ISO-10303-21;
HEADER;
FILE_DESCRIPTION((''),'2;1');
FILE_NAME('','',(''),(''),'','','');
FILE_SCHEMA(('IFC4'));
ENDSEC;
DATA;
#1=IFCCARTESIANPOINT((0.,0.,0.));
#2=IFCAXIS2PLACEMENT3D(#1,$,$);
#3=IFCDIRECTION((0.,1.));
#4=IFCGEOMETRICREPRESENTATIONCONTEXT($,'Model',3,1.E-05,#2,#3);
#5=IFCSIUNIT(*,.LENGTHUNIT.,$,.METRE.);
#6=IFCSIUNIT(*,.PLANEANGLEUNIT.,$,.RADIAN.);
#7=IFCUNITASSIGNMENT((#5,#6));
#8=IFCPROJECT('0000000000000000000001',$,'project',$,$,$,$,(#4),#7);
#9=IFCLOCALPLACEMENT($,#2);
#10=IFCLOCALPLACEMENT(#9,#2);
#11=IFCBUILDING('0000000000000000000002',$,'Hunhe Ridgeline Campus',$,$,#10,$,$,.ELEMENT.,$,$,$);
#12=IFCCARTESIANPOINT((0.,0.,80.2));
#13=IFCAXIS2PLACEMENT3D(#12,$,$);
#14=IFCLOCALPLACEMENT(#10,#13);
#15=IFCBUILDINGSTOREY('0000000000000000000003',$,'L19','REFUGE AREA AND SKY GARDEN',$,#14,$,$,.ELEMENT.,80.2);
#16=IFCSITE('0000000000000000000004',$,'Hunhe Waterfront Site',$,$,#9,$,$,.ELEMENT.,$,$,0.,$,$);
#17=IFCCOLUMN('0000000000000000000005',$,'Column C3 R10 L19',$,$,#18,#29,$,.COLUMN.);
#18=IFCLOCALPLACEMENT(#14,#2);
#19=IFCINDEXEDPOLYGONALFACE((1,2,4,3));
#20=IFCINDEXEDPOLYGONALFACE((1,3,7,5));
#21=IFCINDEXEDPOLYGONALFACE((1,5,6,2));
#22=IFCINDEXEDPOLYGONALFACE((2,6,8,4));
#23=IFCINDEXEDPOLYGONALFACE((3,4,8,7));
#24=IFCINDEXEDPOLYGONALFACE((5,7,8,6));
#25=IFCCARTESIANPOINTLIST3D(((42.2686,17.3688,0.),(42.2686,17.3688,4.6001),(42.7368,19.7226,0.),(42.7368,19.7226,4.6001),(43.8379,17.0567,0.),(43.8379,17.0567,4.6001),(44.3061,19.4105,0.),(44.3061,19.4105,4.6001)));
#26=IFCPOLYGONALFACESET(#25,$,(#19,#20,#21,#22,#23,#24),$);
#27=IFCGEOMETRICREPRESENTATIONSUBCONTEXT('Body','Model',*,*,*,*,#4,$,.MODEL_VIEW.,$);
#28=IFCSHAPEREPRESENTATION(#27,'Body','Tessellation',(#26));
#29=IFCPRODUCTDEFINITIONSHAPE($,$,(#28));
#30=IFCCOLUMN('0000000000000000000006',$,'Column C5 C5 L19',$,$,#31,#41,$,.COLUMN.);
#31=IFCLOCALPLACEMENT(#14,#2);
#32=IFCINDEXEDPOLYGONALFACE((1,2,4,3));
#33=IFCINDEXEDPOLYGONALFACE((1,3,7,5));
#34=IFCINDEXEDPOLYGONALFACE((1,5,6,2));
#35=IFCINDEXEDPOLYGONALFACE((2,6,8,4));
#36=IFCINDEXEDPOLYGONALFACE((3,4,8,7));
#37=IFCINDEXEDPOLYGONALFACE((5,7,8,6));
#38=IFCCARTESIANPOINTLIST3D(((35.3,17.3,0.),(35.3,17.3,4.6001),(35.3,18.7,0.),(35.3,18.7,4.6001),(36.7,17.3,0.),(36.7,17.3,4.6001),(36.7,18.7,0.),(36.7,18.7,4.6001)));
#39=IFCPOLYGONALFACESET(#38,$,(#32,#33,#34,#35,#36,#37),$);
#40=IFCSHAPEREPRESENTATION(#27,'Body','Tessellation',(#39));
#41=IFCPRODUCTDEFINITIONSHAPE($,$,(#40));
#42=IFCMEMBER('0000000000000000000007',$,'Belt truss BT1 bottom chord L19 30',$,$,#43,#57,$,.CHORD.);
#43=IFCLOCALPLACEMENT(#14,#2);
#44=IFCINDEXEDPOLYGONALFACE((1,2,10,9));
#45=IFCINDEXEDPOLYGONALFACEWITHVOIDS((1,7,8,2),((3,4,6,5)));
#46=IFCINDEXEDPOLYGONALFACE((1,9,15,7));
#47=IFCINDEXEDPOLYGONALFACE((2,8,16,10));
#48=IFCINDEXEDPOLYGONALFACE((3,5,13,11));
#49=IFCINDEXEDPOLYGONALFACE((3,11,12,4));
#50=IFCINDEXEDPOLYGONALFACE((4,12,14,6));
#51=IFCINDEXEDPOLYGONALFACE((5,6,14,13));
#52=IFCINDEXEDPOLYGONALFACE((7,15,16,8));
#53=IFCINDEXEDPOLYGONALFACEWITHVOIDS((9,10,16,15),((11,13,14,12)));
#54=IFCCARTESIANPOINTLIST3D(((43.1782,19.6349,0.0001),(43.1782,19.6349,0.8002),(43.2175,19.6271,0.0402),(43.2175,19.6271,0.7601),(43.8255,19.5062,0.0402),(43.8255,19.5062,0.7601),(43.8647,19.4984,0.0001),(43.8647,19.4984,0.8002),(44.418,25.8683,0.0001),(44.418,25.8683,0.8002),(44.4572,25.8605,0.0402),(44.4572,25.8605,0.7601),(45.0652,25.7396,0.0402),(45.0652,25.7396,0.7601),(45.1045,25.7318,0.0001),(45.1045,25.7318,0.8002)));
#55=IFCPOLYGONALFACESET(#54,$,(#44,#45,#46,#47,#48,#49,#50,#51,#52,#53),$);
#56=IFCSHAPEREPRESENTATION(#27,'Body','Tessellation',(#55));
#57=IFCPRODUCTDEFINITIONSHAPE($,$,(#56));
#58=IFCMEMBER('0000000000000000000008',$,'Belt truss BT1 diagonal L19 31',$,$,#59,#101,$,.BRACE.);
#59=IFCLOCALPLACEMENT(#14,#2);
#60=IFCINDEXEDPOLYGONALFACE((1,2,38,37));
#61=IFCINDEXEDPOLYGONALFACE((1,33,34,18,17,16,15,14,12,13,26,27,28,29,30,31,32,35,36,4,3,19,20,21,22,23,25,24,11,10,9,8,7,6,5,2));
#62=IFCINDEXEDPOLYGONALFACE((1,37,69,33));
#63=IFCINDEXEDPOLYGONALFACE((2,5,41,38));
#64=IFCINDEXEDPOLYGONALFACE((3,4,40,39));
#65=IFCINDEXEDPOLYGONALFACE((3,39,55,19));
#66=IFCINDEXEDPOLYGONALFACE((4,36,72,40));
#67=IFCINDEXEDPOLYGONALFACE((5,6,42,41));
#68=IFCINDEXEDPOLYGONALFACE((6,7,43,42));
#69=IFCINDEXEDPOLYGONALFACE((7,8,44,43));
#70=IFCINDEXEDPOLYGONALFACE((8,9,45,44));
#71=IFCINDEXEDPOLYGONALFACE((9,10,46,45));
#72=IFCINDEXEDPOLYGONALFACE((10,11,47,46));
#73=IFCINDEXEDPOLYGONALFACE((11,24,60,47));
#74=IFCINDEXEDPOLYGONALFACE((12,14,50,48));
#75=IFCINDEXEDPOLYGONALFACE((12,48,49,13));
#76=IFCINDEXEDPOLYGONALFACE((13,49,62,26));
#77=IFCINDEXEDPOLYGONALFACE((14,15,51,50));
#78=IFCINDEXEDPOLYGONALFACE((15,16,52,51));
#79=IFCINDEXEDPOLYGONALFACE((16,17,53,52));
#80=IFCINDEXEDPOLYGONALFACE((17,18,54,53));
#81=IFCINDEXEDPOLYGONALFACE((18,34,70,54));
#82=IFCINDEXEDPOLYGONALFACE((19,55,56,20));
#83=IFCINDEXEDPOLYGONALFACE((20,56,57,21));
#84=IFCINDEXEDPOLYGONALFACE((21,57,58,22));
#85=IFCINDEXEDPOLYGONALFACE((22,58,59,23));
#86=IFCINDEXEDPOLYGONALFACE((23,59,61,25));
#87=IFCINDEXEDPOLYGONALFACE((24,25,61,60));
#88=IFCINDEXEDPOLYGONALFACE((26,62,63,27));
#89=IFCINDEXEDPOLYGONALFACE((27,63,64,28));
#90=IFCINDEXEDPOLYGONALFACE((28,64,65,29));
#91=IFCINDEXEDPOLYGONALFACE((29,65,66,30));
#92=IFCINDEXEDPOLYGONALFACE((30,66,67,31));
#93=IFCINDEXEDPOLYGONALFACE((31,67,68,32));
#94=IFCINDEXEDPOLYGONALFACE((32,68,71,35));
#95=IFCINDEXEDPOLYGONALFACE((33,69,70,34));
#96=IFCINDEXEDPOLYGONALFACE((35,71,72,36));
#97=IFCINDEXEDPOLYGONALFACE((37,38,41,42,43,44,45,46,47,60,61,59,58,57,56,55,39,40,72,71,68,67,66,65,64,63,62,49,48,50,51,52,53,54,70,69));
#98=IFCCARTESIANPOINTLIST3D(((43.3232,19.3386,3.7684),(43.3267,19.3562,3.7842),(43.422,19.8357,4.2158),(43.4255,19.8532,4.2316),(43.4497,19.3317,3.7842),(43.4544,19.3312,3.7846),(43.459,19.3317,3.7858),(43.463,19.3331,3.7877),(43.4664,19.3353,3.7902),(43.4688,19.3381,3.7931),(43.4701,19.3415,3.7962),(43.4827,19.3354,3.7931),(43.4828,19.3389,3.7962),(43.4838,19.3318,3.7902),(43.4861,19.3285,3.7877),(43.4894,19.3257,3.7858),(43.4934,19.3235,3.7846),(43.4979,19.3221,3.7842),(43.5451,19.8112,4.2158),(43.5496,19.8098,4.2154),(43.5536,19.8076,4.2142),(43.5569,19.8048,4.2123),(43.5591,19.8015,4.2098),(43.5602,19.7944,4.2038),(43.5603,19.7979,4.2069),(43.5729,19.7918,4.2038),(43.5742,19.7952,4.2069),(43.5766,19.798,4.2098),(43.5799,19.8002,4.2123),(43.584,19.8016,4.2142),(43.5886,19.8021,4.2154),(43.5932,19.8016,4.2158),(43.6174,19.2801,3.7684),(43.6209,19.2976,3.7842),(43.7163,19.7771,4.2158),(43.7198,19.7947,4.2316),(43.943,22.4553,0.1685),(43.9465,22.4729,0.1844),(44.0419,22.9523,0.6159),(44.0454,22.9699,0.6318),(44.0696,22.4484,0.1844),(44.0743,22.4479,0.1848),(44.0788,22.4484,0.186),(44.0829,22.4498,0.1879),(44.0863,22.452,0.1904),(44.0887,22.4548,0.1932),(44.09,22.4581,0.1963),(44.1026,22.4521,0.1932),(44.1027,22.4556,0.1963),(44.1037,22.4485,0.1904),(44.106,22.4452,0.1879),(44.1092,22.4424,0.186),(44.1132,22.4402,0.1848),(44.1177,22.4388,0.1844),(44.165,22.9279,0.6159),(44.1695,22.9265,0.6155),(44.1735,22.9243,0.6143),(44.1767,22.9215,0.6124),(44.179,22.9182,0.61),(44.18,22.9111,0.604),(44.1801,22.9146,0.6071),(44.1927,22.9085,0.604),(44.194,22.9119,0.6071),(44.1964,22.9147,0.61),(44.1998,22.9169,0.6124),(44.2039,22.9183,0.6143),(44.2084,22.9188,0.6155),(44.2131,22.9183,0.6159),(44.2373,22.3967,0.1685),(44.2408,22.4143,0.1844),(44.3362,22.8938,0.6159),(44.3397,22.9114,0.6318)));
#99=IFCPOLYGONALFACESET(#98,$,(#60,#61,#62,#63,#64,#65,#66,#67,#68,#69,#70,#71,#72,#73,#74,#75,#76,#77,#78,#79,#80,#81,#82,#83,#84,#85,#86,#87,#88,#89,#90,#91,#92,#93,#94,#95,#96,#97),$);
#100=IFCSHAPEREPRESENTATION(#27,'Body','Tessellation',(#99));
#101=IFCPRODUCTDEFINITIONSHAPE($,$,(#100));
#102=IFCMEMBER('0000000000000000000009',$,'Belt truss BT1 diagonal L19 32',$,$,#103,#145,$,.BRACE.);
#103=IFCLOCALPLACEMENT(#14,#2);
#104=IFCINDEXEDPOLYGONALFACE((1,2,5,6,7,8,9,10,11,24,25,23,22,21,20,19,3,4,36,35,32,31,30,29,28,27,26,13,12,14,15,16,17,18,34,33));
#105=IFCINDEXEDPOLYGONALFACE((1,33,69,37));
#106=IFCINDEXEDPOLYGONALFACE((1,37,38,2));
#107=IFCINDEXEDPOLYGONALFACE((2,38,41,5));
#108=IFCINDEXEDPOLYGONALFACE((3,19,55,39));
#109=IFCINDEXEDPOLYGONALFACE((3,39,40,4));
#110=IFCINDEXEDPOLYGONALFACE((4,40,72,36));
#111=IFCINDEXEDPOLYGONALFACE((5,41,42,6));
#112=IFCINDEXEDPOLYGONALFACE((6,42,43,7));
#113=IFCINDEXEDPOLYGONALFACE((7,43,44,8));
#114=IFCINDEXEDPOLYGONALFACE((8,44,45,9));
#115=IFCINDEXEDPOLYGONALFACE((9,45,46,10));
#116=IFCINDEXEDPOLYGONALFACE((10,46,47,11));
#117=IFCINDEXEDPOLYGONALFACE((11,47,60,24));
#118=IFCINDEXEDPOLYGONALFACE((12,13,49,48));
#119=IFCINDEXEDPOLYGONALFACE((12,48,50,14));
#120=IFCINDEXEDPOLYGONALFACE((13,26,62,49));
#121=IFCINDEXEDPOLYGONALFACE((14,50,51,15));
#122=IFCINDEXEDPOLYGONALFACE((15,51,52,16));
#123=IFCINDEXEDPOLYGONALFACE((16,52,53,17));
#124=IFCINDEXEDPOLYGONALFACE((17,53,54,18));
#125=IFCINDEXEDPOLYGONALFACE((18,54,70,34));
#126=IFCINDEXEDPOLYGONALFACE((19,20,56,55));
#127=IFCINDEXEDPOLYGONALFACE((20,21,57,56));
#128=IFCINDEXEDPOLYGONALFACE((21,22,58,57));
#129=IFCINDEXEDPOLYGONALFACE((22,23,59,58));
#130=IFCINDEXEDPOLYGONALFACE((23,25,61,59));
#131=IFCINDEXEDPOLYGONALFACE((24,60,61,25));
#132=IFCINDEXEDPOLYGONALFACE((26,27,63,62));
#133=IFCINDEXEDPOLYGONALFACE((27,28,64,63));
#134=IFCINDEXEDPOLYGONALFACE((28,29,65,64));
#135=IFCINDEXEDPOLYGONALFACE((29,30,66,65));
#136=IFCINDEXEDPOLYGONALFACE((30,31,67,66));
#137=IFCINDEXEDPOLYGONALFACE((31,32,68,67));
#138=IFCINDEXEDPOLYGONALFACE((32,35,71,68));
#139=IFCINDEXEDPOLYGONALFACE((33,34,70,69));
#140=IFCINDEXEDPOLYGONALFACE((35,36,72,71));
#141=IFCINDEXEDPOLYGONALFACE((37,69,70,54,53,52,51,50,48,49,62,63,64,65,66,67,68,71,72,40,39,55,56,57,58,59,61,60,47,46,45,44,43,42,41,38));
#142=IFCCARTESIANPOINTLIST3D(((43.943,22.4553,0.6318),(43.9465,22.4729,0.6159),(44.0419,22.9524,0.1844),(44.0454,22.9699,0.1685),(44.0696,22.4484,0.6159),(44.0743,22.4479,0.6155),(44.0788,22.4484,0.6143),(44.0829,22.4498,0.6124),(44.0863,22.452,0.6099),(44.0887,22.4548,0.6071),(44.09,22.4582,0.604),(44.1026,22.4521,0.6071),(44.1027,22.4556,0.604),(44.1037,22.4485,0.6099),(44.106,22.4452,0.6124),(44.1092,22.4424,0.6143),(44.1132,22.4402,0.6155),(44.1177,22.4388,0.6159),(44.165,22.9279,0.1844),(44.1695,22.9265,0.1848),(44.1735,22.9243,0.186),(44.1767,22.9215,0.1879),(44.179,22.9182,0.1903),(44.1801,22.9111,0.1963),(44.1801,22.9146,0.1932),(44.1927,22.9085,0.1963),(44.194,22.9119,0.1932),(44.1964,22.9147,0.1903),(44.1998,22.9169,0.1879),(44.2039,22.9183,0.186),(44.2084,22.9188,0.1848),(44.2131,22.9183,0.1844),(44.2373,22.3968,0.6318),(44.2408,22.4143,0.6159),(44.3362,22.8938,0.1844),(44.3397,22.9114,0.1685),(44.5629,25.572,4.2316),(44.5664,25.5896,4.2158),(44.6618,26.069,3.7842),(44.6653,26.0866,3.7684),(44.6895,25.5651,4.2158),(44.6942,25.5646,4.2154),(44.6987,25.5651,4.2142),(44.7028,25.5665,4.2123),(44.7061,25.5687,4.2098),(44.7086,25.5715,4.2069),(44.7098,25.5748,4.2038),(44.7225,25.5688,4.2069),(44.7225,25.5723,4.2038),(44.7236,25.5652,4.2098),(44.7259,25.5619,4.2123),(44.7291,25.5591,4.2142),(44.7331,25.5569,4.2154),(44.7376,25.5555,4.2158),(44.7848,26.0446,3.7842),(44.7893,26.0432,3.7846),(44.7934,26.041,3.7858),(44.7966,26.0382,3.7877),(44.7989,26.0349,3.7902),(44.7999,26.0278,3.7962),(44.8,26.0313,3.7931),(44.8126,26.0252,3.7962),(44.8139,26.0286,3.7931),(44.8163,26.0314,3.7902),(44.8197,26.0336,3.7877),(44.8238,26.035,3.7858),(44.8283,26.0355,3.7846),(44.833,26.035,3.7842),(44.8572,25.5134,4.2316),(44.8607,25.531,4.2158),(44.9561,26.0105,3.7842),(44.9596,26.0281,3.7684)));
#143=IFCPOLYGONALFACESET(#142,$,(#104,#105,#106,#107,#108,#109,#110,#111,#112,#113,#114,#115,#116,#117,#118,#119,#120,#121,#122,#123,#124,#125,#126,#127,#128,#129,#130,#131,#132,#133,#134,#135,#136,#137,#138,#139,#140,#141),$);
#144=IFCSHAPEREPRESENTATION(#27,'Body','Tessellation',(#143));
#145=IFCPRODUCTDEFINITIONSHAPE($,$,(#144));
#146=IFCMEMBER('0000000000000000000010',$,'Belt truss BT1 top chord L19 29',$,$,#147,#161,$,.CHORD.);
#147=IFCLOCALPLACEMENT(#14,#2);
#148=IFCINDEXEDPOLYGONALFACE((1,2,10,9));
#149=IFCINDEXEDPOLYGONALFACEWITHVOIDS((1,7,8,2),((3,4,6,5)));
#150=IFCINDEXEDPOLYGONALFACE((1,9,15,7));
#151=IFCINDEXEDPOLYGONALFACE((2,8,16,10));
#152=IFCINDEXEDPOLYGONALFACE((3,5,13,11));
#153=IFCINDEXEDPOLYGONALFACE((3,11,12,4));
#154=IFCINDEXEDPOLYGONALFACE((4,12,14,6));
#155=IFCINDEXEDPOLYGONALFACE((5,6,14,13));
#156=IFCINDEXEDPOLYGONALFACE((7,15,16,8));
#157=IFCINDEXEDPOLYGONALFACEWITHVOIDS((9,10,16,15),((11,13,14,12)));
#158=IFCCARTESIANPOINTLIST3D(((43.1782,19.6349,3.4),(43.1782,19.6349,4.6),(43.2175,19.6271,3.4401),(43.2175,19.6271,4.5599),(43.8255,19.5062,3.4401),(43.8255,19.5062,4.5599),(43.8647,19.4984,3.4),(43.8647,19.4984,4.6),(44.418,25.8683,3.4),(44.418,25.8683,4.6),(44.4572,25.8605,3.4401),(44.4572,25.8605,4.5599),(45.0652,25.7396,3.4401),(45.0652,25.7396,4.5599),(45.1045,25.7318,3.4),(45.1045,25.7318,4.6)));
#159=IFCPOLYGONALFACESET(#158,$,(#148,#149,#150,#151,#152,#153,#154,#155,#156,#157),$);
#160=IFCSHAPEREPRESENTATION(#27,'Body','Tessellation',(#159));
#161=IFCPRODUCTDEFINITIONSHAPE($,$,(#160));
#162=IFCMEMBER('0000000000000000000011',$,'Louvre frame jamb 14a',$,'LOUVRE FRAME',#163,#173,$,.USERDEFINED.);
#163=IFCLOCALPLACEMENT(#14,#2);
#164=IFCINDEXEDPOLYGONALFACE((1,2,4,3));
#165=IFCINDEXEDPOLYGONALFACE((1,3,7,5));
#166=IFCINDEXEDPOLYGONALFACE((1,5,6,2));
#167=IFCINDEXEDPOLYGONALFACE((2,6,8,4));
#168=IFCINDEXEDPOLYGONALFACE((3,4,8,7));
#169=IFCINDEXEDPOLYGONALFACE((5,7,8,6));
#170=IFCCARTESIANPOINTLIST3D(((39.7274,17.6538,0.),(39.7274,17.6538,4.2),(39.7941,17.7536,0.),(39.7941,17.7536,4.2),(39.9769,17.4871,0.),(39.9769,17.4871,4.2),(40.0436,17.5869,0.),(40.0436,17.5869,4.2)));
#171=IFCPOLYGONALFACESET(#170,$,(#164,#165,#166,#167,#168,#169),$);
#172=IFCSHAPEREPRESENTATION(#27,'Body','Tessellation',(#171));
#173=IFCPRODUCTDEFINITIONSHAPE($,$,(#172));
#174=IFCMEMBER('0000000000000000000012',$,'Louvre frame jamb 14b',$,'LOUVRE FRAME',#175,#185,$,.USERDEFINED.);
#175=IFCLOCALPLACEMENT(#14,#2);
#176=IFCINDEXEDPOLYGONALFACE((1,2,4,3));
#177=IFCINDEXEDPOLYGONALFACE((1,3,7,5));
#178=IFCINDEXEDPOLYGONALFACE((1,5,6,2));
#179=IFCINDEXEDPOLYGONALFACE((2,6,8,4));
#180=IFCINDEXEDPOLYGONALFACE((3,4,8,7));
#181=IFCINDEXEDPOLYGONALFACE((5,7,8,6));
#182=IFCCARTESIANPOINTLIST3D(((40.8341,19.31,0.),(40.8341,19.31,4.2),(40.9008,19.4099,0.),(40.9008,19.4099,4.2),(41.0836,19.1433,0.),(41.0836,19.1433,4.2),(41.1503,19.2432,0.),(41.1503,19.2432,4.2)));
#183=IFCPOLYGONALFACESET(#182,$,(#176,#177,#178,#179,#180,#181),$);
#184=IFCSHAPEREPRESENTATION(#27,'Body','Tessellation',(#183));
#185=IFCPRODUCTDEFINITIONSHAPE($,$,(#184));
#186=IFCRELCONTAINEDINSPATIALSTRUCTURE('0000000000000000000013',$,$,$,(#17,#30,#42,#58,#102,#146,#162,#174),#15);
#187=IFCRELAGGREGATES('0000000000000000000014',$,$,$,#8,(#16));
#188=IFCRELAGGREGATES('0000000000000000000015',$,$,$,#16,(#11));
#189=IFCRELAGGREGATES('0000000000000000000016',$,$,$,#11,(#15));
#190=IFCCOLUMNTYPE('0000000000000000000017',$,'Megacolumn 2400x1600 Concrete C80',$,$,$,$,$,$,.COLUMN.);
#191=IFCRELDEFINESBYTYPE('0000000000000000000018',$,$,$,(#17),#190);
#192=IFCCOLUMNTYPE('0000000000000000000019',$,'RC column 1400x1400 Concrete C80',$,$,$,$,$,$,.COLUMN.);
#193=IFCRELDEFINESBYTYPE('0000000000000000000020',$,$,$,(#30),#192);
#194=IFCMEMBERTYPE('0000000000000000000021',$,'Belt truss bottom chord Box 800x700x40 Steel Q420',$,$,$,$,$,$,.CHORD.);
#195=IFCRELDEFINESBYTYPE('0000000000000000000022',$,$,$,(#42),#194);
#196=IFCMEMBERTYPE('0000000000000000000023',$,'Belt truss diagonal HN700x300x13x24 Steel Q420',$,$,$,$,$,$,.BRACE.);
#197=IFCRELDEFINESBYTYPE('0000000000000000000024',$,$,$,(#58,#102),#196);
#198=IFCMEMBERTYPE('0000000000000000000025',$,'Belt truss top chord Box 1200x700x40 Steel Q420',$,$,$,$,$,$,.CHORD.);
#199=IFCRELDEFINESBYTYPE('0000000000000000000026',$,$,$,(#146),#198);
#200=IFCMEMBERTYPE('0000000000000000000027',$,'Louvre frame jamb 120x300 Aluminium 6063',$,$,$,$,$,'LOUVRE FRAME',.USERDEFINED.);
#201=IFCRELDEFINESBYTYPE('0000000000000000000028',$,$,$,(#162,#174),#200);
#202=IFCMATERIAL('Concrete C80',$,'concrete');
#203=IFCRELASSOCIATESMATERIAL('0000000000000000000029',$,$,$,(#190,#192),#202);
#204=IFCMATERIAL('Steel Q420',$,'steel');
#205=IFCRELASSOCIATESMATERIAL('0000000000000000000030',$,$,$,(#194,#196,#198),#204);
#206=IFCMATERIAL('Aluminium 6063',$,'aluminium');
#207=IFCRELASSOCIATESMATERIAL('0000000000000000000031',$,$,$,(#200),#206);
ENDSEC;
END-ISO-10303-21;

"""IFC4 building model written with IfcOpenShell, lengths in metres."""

from ifc_helpers import new_model, si_unit, direction, frame, origin, origin_2d, place, context, subcontext, project, spatial, rectangle, hollow_rectangle, i_section, extrude, material, material_profile, profile_set, type_object, element, save


model = new_model("IFC4")

# Units and contexts
model_context = context("Model", 3, precision=1e-05, world=origin(), true_north=direction((0.0, 1.0)))
body_context = subcontext(model_context, "Body", "Model", "MODEL_VIEW")
ifc_project = project(units=[si_unit("LENGTHUNIT", "METRE"), si_unit("PLANEANGLEUNIT", "RADIAN")], contexts=[model_context])

# Site, building, storey
site_placement = place(None, origin())
site = spatial("IfcSite", under=ifc_project, at=site_placement, Name="Hunhe Waterfront Site", CompositionType="ELEMENT", RefElevation=0.0)
building_placement = place(site_placement, origin())
building = spatial("IfcBuilding", under=site, at=building_placement, Name="Hunhe Ridgeline Campus", CompositionType="ELEMENT")
storey_placement = place(building_placement, frame((0.0, 0.0, 80.2)))
storey = spatial("IfcBuildingStorey", under=building, at=storey_placement, Name="L19", Description="REFUGE AREA AND SKY GARDEN", CompositionType="ELEMENT", Elevation=80.2)

# Columns
ifc_material_1 = material(Name="Concrete C80", Category="concrete")
ifc_material_profile_1 = material_profile(ifc_material_1, rectangle(XDim=2.3999, YDim=1.6001, at=origin_2d()))
ifc_profile_set_1 = profile_set([ifc_material_profile_1], Name="Concrete C80")
column_type_1 = type_object("IfcColumnType", Name="Megacolumn 2400x1600 Concrete C80", PredefinedType="COLUMN", material=ifc_profile_set_1)
column_1_placement = place(storey_placement, frame((43.2874, 18.3896, 0.0), z_axis=(0.0, 0.0, 1.0), x_axis=(0.19509, 0.980785, 0.0)))
element("IfcColumn", 1, at=column_1_placement, inside=storey, type_object=column_type_1, Name="Column C3 R10 L19", PredefinedType="COLUMN", context=body_context, shape_type="SweptSolid", body=[
    extrude(rectangle(XDim=2.3999, YDim=1.6001, at=origin_2d()), origin(), (0.0, 0.0, 1.0), 4.6001),
])
ifc_material_profile_2 = material_profile(ifc_material_1, rectangle(XDim=1.3999, YDim=1.3999, at=origin_2d()))
ifc_profile_set_2 = profile_set([ifc_material_profile_2], Name="Concrete C80")
column_type_2 = type_object("IfcColumnType", Name="RC column 1400x1400 Concrete C80", PredefinedType="COLUMN", material=ifc_profile_set_2)
column_2_placement = place(storey_placement, frame((36.0, 18.0, 0.0), z_axis=(0.0, 0.0, 1.0), x_axis=(1.0, 0.0, 0.0)))
element("IfcColumn", 2, at=column_2_placement, inside=storey, type_object=column_type_2, Name="Column C5 C5 L19", PredefinedType="COLUMN", context=body_context, shape_type="SweptSolid", body=[
    extrude(rectangle(XDim=1.3999, YDim=1.3999, at=origin_2d()), origin(), (0.0, 0.0, 1.0), 4.6001),
])

# Members
ifc_material_2 = material(Name="Steel Q420", Category="steel")
ifc_material_profile_3 = material_profile(ifc_material_2, hollow_rectangle(XDim=0.7, YDim=0.8, WallThickness=0.04, at=origin_2d()))
ifc_profile_set_3 = profile_set([ifc_material_profile_3], Name="Steel Q420")
member_type_1 = type_object("IfcMemberType", Name="Belt truss bottom chord Box 800x700x40 Steel Q420", PredefinedType="CHORD", material=ifc_profile_set_3)
member_1_placement = place(storey_placement, frame((43.5215, 19.5667, 0.4001), z_axis=(0.195067, 0.98079, 0.0), x_axis=(-0.98079, 0.195067, 0.0)))
element("IfcMember", 3, at=member_1_placement, inside=storey, type_object=member_type_1, Name="Belt truss BT1 bottom chord L19 30", PredefinedType="CHORD", context=body_context, shape_type="SweptSolid", body=[
    extrude(hollow_rectangle(XDim=0.7, YDim=0.8, WallThickness=0.04, at=origin_2d()), origin(), (0.0, 0.0, 1.0), 6.3555),
])
ifc_material_profile_4 = material_profile(ifc_material_2, i_section(OverallWidth=0.3, OverallDepth=0.7, WebThickness=0.0129, FlangeThickness=0.0239, FilletRadius=0.0181, at=origin_2d()))
ifc_profile_set_4 = profile_set([ifc_material_profile_4], Name="Steel Q420")
member_type_2 = type_object("IfcMemberType", Name="Belt truss diagonal HN700x300x13x24 Steel Q420", PredefinedType="BRACE", material=ifc_profile_set_4)
for number, where, z_axis, x_axis, name in (
    (4, (43.5215, 19.5667, 4.0), (0.129093, 0.649073, -0.749693), (-0.98079, 0.195067, 0.0), "Belt truss BT1 diagonal L19 31"),
    (5, (44.1414, 22.6833, 0.4001), (0.129093, 0.649073, 0.749693), (-0.98079, 0.195067, 0.0), "Belt truss BT1 diagonal L19 32"),
):
    element("IfcMember", number, at=place(storey_placement, frame(where, z_axis=z_axis, x_axis=x_axis)), inside=storey, type_object=member_type_2, Name=name, PredefinedType="BRACE", context=body_context, shape_type="SweptSolid", body=[
        extrude(i_section(OverallWidth=0.3, OverallDepth=0.7, WebThickness=0.0129, FlangeThickness=0.0239, FilletRadius=0.0181, at=origin_2d()), origin(), (0.0, 0.0, 1.0), 4.8018),
    ])
ifc_material_profile_5 = material_profile(ifc_material_2, hollow_rectangle(XDim=0.7, YDim=1.2, WallThickness=0.04, at=origin_2d()))
ifc_profile_set_5 = profile_set([ifc_material_profile_5], Name="Steel Q420")
member_type_3 = type_object("IfcMemberType", Name="Belt truss top chord Box 1200x700x40 Steel Q420", PredefinedType="CHORD", material=ifc_profile_set_5)
member_2_placement = place(storey_placement, frame((43.5215, 19.5667, 4.0), z_axis=(0.195067, 0.98079, 0.0), x_axis=(-0.98079, 0.195067, 0.0)))
element("IfcMember", 6, at=member_2_placement, inside=storey, type_object=member_type_3, Name="Belt truss BT1 top chord L19 29", PredefinedType="CHORD", context=body_context, shape_type="SweptSolid", body=[
    extrude(hollow_rectangle(XDim=0.7, YDim=1.2, WallThickness=0.04, at=origin_2d()), origin(), (0.0, 0.0, 1.0), 6.3555),
])
ifc_material_3 = material(Name="Aluminium 6063", Category="aluminium")
ifc_material_profile_6 = material_profile(ifc_material_3, rectangle(XDim=0.3, YDim=0.1201, at=origin_2d()))
ifc_profile_set_6 = profile_set([ifc_material_profile_6], Name="Aluminium 6063")
member_type_4 = type_object("IfcMemberType", Name="Louvre frame jamb 120x300 Aluminium 6063", ElementType="LOUVRE FRAME", PredefinedType="USERDEFINED", material=ifc_profile_set_6)
for number, where, z_axis, x_axis, name in (
    (7, (39.8855, 17.6204, 0.0), (0.0, 0.0, 1.0), (-0.83147, 0.55557, 0.0), "Louvre frame jamb 14a"),
    (8, (40.9922, 19.2766, 0.0), (0.0, 0.0, 1.0), (-0.83147, 0.55557, 0.0), "Louvre frame jamb 14b"),
):
    element("IfcMember", number, at=place(storey_placement, frame(where, z_axis=z_axis, x_axis=x_axis)), inside=storey, type_object=member_type_4, Name=name, ObjectType="LOUVRE FRAME", PredefinedType="USERDEFINED", context=body_context, shape_type="SweptSolid", body=[
        extrude(rectangle(XDim=0.3, YDim=0.1201, at=origin_2d()), origin(), (0.0, 0.0, 1.0), 4.2),
    ])

save(model, "model.ifc")
